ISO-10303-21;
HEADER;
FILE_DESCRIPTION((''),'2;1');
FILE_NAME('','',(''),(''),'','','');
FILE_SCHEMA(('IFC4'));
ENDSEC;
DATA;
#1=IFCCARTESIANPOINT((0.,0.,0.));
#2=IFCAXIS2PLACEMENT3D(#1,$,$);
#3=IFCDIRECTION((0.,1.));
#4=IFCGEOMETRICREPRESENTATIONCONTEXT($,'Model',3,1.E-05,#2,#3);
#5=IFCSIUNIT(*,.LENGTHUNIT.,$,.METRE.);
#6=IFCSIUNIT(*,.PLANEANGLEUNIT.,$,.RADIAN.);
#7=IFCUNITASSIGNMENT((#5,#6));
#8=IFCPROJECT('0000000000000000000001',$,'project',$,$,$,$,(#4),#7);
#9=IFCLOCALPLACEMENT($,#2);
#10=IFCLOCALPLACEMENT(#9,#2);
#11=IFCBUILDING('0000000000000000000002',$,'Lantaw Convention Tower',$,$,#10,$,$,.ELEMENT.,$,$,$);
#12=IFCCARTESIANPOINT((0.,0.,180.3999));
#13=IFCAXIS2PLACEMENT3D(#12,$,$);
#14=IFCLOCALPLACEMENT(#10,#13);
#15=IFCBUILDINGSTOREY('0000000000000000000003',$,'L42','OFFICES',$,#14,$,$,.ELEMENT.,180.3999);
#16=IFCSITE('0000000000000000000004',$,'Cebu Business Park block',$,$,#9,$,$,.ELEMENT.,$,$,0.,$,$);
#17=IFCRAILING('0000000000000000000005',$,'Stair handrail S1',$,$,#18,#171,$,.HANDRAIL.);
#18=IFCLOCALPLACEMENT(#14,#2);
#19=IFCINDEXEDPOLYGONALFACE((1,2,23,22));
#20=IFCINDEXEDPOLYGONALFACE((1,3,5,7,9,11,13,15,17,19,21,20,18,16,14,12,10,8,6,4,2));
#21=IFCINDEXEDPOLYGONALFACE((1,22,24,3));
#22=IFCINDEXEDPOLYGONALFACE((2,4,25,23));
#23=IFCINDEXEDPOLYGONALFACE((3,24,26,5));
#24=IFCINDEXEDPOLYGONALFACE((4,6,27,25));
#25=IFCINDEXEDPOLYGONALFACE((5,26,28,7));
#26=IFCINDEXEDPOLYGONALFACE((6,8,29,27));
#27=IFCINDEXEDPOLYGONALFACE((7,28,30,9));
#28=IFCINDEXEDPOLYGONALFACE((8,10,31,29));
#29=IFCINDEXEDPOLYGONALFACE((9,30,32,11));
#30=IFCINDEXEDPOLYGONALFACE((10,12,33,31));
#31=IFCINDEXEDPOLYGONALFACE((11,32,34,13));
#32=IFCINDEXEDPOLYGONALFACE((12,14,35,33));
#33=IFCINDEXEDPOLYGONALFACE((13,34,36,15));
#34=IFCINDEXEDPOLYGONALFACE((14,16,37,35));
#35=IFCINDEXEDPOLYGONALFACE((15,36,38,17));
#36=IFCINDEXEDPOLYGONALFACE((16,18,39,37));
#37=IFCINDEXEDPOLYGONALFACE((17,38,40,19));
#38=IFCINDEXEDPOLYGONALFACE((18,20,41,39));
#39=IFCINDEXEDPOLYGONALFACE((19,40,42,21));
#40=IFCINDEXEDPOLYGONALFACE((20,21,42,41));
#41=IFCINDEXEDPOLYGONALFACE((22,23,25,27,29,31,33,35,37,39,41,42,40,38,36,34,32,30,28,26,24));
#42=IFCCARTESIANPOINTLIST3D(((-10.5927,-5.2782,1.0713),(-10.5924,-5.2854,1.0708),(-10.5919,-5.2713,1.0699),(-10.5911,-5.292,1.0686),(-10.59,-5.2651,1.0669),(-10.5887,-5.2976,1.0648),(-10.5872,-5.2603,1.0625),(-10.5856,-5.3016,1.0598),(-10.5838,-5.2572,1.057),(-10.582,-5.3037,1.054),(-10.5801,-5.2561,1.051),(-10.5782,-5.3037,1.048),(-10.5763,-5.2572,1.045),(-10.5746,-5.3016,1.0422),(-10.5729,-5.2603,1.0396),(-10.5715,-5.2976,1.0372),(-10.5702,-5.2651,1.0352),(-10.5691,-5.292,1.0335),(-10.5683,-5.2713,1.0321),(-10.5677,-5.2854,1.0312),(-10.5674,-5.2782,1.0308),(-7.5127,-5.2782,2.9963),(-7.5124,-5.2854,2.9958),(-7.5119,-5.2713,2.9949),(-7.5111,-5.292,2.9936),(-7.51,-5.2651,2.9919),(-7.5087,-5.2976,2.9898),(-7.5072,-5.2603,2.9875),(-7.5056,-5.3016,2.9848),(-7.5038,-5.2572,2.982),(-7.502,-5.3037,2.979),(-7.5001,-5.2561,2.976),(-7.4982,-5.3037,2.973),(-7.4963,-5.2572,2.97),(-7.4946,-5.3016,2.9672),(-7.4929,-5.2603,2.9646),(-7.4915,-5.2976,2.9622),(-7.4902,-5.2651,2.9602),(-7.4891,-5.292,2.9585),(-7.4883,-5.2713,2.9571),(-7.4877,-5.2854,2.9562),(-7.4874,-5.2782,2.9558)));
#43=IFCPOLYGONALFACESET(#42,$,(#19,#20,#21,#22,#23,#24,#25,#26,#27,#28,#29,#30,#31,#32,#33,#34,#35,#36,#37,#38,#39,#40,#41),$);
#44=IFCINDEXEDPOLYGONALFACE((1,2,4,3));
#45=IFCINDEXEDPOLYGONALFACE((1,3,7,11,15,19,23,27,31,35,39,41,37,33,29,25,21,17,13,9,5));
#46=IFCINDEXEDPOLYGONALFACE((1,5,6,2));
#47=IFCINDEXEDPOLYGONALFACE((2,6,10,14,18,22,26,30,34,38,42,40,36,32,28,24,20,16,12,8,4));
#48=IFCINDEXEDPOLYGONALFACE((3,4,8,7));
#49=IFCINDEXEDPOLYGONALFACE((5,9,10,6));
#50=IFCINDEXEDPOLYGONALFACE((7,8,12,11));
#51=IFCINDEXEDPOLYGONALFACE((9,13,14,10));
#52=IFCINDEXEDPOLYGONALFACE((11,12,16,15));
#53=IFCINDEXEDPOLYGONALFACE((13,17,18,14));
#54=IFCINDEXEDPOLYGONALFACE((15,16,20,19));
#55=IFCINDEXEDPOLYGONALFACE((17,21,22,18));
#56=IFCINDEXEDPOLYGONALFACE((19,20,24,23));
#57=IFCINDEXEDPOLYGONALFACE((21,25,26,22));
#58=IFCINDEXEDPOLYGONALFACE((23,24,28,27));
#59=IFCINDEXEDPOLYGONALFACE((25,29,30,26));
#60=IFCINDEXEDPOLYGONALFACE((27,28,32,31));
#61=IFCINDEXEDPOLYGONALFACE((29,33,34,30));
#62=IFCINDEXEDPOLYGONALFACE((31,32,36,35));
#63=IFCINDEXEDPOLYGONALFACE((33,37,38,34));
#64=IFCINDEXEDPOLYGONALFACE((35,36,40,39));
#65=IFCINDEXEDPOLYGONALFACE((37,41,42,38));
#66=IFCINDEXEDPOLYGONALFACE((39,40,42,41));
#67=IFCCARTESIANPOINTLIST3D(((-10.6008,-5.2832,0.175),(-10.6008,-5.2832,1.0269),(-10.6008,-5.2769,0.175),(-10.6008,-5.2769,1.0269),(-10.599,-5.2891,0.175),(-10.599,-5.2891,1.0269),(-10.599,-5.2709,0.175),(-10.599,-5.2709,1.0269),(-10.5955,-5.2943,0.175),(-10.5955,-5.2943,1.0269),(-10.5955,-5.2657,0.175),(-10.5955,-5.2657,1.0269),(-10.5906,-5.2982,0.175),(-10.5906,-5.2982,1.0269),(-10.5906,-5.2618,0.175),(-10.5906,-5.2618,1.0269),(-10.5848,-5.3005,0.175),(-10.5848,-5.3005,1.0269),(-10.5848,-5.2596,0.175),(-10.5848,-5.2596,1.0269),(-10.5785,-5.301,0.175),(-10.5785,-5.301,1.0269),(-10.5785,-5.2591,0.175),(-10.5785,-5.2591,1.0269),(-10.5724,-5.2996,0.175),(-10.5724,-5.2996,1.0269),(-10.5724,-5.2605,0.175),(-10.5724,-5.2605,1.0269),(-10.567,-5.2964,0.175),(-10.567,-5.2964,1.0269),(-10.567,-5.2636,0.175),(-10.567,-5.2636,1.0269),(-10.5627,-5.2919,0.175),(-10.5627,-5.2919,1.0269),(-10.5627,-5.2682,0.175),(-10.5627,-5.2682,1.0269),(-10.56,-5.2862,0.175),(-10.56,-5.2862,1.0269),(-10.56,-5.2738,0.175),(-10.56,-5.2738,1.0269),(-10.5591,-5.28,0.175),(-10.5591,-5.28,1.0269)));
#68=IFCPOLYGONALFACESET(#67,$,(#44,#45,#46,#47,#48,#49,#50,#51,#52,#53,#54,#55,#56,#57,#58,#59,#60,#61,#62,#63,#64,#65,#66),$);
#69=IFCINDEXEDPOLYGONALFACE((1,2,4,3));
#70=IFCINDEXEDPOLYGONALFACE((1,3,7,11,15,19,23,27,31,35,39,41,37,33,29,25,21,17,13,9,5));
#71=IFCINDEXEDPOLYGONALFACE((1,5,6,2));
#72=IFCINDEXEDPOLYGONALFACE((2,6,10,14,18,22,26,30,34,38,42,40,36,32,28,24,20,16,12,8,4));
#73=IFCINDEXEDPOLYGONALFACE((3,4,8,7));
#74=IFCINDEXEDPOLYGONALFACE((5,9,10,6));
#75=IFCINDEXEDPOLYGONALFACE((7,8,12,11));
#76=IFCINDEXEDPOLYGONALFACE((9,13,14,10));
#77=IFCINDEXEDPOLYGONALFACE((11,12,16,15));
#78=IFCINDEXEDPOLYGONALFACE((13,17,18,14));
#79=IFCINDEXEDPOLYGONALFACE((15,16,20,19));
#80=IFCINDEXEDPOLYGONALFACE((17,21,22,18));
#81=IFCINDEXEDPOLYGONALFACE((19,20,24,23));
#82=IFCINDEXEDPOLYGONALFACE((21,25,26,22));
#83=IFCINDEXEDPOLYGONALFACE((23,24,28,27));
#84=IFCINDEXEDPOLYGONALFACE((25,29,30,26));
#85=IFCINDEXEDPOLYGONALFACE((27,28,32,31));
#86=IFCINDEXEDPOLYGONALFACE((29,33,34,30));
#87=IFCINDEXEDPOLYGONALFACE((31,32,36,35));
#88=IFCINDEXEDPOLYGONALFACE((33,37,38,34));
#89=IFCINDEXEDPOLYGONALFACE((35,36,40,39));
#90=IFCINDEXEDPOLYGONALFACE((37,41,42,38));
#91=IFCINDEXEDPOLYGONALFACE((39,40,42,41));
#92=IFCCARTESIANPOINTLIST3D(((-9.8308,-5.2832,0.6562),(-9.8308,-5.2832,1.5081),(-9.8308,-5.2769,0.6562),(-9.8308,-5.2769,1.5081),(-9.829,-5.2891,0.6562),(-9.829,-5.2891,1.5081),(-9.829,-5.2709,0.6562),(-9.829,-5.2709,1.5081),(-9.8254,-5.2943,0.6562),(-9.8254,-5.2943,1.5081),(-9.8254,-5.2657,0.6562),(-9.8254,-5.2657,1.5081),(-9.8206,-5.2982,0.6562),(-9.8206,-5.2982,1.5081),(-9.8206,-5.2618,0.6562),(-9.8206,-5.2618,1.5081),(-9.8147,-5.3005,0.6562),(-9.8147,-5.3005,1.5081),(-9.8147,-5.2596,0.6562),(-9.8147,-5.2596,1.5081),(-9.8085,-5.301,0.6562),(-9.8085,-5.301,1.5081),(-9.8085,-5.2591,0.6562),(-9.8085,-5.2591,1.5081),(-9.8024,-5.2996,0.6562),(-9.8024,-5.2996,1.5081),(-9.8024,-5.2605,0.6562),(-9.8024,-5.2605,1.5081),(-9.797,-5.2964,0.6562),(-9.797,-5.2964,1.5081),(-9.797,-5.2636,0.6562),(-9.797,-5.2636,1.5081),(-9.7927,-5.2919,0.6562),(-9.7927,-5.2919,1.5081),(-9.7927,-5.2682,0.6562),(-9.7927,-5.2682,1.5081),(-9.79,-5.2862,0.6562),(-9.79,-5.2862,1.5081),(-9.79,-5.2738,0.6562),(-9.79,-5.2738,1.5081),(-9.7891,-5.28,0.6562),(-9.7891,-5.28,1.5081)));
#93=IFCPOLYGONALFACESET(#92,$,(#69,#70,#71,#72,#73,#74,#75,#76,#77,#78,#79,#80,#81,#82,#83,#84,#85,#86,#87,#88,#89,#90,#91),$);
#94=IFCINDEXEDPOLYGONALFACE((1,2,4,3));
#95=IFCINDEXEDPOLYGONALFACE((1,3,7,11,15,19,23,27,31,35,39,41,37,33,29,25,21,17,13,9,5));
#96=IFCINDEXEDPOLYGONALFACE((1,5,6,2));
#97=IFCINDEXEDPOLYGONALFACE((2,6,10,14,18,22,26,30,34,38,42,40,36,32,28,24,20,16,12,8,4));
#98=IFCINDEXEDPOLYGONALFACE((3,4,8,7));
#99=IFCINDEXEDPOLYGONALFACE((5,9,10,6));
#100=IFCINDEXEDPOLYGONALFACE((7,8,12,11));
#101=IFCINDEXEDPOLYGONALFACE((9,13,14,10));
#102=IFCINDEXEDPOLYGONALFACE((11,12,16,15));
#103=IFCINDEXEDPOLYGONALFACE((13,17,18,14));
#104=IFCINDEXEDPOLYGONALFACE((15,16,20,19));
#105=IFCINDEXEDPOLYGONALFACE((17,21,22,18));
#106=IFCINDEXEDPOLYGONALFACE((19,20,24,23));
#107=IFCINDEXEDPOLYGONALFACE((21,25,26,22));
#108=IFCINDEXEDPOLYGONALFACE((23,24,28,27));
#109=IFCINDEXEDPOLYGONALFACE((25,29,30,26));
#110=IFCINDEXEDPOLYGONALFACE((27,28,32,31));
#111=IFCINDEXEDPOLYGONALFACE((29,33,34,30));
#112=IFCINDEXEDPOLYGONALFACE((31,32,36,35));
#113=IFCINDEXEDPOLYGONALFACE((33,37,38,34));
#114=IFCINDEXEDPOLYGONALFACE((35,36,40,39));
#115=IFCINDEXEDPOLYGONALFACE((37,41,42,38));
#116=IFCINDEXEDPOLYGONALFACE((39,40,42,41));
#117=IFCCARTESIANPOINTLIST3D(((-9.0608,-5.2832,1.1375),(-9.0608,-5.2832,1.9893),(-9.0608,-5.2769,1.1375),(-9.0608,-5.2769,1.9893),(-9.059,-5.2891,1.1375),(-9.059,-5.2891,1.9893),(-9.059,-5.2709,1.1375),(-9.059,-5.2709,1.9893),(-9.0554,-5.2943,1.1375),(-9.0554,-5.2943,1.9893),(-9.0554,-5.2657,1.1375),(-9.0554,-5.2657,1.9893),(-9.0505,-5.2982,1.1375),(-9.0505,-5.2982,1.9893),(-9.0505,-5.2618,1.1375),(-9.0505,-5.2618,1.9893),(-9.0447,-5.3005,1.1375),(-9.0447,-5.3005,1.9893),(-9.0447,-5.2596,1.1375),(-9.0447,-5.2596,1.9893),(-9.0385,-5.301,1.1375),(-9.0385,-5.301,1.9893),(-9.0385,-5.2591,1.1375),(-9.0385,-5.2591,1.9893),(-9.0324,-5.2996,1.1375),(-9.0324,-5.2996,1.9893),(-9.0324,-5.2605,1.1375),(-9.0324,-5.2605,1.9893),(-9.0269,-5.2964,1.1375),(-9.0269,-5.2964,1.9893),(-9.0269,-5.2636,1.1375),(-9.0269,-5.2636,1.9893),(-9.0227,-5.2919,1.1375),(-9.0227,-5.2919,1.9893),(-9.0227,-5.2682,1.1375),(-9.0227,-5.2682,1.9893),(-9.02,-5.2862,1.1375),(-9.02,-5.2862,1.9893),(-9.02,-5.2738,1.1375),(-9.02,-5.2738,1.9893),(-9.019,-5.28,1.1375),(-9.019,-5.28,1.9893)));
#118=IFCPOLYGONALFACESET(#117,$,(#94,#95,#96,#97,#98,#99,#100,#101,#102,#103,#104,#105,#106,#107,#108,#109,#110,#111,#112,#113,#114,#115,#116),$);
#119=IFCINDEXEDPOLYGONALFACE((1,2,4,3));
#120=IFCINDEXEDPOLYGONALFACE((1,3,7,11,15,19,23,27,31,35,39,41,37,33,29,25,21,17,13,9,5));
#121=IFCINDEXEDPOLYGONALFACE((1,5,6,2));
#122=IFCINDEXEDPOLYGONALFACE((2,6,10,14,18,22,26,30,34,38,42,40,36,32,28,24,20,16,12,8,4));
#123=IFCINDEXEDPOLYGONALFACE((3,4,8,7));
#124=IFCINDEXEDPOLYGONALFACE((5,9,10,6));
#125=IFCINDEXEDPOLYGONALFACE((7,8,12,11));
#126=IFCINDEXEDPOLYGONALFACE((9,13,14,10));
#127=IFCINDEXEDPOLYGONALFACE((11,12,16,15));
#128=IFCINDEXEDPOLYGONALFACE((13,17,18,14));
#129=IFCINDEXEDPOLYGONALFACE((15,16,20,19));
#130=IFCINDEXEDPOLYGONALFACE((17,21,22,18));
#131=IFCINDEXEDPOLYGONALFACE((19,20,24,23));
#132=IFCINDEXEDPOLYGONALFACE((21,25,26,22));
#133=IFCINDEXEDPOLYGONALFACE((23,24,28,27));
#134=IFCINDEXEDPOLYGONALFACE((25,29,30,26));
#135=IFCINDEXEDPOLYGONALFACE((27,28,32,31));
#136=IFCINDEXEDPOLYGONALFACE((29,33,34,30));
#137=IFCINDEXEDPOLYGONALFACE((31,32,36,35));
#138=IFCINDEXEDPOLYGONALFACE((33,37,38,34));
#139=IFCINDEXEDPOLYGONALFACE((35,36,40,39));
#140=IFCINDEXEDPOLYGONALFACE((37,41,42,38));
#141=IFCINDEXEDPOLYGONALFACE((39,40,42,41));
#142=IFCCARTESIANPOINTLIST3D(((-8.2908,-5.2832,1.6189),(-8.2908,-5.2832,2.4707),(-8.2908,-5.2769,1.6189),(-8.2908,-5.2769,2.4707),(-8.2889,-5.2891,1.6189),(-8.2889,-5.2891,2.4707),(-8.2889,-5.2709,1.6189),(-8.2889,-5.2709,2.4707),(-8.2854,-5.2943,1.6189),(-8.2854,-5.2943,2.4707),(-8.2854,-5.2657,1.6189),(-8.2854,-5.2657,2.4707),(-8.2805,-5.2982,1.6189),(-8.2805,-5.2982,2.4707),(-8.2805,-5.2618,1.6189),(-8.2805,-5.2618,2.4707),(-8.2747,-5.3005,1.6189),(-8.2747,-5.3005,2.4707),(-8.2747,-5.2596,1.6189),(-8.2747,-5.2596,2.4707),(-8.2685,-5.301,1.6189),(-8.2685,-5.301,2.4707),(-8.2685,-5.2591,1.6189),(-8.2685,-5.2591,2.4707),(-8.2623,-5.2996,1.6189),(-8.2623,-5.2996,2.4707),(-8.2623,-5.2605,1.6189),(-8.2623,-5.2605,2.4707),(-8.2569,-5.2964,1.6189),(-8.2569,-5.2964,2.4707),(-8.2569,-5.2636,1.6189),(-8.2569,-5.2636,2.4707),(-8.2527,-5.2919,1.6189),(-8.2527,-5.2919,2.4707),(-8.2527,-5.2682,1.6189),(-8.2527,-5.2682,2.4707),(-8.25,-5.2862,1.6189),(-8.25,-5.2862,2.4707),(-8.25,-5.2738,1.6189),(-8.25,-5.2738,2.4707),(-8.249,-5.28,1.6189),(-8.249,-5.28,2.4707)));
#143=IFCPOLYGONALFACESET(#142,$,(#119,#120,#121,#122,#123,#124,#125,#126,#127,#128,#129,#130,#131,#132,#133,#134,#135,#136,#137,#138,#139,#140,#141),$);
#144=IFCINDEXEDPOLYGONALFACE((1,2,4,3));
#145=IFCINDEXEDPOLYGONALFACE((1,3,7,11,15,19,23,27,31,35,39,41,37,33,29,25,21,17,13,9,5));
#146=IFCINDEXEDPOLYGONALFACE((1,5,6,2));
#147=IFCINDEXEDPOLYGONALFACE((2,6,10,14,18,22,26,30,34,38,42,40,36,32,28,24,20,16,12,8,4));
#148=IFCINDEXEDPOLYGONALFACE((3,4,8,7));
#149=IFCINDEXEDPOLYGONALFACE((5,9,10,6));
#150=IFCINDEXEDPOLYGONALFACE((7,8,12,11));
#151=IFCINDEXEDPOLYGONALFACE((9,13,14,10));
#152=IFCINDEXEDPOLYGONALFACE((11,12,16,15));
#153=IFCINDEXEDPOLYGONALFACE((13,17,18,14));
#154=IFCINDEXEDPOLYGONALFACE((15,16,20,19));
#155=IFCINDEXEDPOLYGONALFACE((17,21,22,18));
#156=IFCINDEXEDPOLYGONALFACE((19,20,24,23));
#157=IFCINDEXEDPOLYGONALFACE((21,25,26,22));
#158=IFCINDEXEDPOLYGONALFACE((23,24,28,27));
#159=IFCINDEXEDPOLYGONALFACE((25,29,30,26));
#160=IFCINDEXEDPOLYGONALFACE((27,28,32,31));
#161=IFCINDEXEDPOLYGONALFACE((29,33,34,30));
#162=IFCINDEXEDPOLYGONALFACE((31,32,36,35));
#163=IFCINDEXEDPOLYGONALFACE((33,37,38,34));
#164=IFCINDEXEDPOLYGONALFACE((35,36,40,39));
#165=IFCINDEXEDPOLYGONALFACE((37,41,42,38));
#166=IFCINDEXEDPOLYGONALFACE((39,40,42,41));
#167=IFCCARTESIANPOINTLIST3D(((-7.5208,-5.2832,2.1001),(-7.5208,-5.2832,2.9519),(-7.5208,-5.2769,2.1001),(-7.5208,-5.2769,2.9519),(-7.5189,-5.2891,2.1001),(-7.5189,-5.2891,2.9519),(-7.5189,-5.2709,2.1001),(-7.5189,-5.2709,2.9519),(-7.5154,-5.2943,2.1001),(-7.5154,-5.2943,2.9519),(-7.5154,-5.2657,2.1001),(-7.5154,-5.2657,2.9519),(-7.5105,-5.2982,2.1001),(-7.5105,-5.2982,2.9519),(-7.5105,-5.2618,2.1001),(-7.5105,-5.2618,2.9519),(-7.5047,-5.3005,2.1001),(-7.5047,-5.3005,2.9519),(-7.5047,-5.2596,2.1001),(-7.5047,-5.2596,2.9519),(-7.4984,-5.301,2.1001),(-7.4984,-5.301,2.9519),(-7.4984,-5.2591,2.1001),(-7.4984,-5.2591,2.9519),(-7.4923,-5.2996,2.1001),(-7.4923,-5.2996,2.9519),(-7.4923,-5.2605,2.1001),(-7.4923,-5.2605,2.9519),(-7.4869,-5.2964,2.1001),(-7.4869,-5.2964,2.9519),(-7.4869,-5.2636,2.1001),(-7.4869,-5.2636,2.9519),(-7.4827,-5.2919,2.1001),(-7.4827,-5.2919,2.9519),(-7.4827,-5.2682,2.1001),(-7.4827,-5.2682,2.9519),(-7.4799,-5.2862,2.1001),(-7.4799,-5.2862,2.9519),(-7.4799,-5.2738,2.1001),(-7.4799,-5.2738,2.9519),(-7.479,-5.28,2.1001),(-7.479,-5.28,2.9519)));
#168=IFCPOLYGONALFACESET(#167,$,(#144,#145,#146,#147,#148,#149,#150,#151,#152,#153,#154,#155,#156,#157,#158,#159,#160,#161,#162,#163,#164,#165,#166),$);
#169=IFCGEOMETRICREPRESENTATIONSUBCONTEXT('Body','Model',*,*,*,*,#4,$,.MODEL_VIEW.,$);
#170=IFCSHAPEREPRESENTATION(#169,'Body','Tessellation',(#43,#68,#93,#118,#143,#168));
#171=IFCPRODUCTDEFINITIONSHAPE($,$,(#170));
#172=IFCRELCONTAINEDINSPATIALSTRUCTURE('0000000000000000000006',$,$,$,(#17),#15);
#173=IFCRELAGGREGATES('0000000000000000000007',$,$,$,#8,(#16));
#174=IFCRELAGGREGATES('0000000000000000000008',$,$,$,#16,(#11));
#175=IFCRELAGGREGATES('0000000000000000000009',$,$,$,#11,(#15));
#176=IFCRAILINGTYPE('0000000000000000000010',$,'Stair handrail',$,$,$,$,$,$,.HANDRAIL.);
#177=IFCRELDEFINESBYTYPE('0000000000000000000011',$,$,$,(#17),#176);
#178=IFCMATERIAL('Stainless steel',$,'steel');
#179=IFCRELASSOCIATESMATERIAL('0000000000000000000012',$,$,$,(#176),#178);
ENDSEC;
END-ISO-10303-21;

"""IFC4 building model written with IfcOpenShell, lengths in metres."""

from ifc_helpers import new_model, si_unit, direction, frame, origin, origin_2d, place, context, subcontext, project, spatial, circle, extrude, material, type_object, element, save


model = new_model("IFC4")

# Units and contexts
model_context = context("Model", 3, precision=1e-05, world=origin(), true_north=direction((0.0, 1.0)))
body_context = subcontext(model_context, "Body", "Model", "MODEL_VIEW")
ifc_project = project(units=[si_unit("LENGTHUNIT", "METRE"), si_unit("PLANEANGLEUNIT", "RADIAN")], contexts=[model_context])

# Site, building, storey
site_placement = place(None, origin())
site = spatial("IfcSite", under=ifc_project, at=site_placement, Name="Cebu Business Park block", CompositionType="ELEMENT", RefElevation=0.0)
building_placement = place(site_placement, origin())
building = spatial("IfcBuilding", under=site, at=building_placement, Name="Lantaw Convention Tower", CompositionType="ELEMENT")
storey_placement = place(building_placement, frame((0.0, 0.0, 180.3999)))
storey = spatial("IfcBuildingStorey", under=building, at=storey_placement, Name="L42", Description="OFFICES", CompositionType="ELEMENT", Elevation=180.3999)

# Railing
ifc_material_1 = material(Name="Stainless steel", Category="steel")
railing_type = type_object("IfcRailingType", Name="Stair handrail", PredefinedType="HANDRAIL", material=ifc_material_1)
railing_1_placement = place(storey_placement, frame((-10.5801, -5.28, 0.175)))
element("IfcRailing", 1, at=railing_1_placement, inside=storey, type_object=railing_type, Name="Stair handrail S1", PredefinedType="HANDRAIL", context=body_context, shape_type="SweptSolid", body=[
    extrude(circle(Radius=0.0239, at=origin_2d()), frame((0.0, 0.0, 0.876), z_axis=(0.847998, 0.0, 0.529999), x_axis=(0.0, 1.0, 0.0)), (0.0, 0.0, 1.0), 3.6321),
    extrude(circle(Radius=0.021, at=origin_2d()), origin(), (0.0, 0.0, 1.0), 0.8518),
    extrude(circle(Radius=0.021, at=origin_2d()), frame((0.77, 0.0, 0.4812)), (0.0, 0.0, 1.0), 0.8518),
    extrude(circle(Radius=0.021, at=origin_2d()), frame((1.54, 0.0, 0.9624)), (0.0, 0.0, 1.0), 0.8518),
    extrude(circle(Radius=0.021, at=origin_2d()), frame((2.3101, 0.0, 1.4438)), (0.0, 0.0, 1.0), 0.8518),
    extrude(circle(Radius=0.021, at=origin_2d()), frame((3.0801, 0.0, 1.925)), (0.0, 0.0, 1.0), 0.8518),
])

save(model, "model.ifc")
